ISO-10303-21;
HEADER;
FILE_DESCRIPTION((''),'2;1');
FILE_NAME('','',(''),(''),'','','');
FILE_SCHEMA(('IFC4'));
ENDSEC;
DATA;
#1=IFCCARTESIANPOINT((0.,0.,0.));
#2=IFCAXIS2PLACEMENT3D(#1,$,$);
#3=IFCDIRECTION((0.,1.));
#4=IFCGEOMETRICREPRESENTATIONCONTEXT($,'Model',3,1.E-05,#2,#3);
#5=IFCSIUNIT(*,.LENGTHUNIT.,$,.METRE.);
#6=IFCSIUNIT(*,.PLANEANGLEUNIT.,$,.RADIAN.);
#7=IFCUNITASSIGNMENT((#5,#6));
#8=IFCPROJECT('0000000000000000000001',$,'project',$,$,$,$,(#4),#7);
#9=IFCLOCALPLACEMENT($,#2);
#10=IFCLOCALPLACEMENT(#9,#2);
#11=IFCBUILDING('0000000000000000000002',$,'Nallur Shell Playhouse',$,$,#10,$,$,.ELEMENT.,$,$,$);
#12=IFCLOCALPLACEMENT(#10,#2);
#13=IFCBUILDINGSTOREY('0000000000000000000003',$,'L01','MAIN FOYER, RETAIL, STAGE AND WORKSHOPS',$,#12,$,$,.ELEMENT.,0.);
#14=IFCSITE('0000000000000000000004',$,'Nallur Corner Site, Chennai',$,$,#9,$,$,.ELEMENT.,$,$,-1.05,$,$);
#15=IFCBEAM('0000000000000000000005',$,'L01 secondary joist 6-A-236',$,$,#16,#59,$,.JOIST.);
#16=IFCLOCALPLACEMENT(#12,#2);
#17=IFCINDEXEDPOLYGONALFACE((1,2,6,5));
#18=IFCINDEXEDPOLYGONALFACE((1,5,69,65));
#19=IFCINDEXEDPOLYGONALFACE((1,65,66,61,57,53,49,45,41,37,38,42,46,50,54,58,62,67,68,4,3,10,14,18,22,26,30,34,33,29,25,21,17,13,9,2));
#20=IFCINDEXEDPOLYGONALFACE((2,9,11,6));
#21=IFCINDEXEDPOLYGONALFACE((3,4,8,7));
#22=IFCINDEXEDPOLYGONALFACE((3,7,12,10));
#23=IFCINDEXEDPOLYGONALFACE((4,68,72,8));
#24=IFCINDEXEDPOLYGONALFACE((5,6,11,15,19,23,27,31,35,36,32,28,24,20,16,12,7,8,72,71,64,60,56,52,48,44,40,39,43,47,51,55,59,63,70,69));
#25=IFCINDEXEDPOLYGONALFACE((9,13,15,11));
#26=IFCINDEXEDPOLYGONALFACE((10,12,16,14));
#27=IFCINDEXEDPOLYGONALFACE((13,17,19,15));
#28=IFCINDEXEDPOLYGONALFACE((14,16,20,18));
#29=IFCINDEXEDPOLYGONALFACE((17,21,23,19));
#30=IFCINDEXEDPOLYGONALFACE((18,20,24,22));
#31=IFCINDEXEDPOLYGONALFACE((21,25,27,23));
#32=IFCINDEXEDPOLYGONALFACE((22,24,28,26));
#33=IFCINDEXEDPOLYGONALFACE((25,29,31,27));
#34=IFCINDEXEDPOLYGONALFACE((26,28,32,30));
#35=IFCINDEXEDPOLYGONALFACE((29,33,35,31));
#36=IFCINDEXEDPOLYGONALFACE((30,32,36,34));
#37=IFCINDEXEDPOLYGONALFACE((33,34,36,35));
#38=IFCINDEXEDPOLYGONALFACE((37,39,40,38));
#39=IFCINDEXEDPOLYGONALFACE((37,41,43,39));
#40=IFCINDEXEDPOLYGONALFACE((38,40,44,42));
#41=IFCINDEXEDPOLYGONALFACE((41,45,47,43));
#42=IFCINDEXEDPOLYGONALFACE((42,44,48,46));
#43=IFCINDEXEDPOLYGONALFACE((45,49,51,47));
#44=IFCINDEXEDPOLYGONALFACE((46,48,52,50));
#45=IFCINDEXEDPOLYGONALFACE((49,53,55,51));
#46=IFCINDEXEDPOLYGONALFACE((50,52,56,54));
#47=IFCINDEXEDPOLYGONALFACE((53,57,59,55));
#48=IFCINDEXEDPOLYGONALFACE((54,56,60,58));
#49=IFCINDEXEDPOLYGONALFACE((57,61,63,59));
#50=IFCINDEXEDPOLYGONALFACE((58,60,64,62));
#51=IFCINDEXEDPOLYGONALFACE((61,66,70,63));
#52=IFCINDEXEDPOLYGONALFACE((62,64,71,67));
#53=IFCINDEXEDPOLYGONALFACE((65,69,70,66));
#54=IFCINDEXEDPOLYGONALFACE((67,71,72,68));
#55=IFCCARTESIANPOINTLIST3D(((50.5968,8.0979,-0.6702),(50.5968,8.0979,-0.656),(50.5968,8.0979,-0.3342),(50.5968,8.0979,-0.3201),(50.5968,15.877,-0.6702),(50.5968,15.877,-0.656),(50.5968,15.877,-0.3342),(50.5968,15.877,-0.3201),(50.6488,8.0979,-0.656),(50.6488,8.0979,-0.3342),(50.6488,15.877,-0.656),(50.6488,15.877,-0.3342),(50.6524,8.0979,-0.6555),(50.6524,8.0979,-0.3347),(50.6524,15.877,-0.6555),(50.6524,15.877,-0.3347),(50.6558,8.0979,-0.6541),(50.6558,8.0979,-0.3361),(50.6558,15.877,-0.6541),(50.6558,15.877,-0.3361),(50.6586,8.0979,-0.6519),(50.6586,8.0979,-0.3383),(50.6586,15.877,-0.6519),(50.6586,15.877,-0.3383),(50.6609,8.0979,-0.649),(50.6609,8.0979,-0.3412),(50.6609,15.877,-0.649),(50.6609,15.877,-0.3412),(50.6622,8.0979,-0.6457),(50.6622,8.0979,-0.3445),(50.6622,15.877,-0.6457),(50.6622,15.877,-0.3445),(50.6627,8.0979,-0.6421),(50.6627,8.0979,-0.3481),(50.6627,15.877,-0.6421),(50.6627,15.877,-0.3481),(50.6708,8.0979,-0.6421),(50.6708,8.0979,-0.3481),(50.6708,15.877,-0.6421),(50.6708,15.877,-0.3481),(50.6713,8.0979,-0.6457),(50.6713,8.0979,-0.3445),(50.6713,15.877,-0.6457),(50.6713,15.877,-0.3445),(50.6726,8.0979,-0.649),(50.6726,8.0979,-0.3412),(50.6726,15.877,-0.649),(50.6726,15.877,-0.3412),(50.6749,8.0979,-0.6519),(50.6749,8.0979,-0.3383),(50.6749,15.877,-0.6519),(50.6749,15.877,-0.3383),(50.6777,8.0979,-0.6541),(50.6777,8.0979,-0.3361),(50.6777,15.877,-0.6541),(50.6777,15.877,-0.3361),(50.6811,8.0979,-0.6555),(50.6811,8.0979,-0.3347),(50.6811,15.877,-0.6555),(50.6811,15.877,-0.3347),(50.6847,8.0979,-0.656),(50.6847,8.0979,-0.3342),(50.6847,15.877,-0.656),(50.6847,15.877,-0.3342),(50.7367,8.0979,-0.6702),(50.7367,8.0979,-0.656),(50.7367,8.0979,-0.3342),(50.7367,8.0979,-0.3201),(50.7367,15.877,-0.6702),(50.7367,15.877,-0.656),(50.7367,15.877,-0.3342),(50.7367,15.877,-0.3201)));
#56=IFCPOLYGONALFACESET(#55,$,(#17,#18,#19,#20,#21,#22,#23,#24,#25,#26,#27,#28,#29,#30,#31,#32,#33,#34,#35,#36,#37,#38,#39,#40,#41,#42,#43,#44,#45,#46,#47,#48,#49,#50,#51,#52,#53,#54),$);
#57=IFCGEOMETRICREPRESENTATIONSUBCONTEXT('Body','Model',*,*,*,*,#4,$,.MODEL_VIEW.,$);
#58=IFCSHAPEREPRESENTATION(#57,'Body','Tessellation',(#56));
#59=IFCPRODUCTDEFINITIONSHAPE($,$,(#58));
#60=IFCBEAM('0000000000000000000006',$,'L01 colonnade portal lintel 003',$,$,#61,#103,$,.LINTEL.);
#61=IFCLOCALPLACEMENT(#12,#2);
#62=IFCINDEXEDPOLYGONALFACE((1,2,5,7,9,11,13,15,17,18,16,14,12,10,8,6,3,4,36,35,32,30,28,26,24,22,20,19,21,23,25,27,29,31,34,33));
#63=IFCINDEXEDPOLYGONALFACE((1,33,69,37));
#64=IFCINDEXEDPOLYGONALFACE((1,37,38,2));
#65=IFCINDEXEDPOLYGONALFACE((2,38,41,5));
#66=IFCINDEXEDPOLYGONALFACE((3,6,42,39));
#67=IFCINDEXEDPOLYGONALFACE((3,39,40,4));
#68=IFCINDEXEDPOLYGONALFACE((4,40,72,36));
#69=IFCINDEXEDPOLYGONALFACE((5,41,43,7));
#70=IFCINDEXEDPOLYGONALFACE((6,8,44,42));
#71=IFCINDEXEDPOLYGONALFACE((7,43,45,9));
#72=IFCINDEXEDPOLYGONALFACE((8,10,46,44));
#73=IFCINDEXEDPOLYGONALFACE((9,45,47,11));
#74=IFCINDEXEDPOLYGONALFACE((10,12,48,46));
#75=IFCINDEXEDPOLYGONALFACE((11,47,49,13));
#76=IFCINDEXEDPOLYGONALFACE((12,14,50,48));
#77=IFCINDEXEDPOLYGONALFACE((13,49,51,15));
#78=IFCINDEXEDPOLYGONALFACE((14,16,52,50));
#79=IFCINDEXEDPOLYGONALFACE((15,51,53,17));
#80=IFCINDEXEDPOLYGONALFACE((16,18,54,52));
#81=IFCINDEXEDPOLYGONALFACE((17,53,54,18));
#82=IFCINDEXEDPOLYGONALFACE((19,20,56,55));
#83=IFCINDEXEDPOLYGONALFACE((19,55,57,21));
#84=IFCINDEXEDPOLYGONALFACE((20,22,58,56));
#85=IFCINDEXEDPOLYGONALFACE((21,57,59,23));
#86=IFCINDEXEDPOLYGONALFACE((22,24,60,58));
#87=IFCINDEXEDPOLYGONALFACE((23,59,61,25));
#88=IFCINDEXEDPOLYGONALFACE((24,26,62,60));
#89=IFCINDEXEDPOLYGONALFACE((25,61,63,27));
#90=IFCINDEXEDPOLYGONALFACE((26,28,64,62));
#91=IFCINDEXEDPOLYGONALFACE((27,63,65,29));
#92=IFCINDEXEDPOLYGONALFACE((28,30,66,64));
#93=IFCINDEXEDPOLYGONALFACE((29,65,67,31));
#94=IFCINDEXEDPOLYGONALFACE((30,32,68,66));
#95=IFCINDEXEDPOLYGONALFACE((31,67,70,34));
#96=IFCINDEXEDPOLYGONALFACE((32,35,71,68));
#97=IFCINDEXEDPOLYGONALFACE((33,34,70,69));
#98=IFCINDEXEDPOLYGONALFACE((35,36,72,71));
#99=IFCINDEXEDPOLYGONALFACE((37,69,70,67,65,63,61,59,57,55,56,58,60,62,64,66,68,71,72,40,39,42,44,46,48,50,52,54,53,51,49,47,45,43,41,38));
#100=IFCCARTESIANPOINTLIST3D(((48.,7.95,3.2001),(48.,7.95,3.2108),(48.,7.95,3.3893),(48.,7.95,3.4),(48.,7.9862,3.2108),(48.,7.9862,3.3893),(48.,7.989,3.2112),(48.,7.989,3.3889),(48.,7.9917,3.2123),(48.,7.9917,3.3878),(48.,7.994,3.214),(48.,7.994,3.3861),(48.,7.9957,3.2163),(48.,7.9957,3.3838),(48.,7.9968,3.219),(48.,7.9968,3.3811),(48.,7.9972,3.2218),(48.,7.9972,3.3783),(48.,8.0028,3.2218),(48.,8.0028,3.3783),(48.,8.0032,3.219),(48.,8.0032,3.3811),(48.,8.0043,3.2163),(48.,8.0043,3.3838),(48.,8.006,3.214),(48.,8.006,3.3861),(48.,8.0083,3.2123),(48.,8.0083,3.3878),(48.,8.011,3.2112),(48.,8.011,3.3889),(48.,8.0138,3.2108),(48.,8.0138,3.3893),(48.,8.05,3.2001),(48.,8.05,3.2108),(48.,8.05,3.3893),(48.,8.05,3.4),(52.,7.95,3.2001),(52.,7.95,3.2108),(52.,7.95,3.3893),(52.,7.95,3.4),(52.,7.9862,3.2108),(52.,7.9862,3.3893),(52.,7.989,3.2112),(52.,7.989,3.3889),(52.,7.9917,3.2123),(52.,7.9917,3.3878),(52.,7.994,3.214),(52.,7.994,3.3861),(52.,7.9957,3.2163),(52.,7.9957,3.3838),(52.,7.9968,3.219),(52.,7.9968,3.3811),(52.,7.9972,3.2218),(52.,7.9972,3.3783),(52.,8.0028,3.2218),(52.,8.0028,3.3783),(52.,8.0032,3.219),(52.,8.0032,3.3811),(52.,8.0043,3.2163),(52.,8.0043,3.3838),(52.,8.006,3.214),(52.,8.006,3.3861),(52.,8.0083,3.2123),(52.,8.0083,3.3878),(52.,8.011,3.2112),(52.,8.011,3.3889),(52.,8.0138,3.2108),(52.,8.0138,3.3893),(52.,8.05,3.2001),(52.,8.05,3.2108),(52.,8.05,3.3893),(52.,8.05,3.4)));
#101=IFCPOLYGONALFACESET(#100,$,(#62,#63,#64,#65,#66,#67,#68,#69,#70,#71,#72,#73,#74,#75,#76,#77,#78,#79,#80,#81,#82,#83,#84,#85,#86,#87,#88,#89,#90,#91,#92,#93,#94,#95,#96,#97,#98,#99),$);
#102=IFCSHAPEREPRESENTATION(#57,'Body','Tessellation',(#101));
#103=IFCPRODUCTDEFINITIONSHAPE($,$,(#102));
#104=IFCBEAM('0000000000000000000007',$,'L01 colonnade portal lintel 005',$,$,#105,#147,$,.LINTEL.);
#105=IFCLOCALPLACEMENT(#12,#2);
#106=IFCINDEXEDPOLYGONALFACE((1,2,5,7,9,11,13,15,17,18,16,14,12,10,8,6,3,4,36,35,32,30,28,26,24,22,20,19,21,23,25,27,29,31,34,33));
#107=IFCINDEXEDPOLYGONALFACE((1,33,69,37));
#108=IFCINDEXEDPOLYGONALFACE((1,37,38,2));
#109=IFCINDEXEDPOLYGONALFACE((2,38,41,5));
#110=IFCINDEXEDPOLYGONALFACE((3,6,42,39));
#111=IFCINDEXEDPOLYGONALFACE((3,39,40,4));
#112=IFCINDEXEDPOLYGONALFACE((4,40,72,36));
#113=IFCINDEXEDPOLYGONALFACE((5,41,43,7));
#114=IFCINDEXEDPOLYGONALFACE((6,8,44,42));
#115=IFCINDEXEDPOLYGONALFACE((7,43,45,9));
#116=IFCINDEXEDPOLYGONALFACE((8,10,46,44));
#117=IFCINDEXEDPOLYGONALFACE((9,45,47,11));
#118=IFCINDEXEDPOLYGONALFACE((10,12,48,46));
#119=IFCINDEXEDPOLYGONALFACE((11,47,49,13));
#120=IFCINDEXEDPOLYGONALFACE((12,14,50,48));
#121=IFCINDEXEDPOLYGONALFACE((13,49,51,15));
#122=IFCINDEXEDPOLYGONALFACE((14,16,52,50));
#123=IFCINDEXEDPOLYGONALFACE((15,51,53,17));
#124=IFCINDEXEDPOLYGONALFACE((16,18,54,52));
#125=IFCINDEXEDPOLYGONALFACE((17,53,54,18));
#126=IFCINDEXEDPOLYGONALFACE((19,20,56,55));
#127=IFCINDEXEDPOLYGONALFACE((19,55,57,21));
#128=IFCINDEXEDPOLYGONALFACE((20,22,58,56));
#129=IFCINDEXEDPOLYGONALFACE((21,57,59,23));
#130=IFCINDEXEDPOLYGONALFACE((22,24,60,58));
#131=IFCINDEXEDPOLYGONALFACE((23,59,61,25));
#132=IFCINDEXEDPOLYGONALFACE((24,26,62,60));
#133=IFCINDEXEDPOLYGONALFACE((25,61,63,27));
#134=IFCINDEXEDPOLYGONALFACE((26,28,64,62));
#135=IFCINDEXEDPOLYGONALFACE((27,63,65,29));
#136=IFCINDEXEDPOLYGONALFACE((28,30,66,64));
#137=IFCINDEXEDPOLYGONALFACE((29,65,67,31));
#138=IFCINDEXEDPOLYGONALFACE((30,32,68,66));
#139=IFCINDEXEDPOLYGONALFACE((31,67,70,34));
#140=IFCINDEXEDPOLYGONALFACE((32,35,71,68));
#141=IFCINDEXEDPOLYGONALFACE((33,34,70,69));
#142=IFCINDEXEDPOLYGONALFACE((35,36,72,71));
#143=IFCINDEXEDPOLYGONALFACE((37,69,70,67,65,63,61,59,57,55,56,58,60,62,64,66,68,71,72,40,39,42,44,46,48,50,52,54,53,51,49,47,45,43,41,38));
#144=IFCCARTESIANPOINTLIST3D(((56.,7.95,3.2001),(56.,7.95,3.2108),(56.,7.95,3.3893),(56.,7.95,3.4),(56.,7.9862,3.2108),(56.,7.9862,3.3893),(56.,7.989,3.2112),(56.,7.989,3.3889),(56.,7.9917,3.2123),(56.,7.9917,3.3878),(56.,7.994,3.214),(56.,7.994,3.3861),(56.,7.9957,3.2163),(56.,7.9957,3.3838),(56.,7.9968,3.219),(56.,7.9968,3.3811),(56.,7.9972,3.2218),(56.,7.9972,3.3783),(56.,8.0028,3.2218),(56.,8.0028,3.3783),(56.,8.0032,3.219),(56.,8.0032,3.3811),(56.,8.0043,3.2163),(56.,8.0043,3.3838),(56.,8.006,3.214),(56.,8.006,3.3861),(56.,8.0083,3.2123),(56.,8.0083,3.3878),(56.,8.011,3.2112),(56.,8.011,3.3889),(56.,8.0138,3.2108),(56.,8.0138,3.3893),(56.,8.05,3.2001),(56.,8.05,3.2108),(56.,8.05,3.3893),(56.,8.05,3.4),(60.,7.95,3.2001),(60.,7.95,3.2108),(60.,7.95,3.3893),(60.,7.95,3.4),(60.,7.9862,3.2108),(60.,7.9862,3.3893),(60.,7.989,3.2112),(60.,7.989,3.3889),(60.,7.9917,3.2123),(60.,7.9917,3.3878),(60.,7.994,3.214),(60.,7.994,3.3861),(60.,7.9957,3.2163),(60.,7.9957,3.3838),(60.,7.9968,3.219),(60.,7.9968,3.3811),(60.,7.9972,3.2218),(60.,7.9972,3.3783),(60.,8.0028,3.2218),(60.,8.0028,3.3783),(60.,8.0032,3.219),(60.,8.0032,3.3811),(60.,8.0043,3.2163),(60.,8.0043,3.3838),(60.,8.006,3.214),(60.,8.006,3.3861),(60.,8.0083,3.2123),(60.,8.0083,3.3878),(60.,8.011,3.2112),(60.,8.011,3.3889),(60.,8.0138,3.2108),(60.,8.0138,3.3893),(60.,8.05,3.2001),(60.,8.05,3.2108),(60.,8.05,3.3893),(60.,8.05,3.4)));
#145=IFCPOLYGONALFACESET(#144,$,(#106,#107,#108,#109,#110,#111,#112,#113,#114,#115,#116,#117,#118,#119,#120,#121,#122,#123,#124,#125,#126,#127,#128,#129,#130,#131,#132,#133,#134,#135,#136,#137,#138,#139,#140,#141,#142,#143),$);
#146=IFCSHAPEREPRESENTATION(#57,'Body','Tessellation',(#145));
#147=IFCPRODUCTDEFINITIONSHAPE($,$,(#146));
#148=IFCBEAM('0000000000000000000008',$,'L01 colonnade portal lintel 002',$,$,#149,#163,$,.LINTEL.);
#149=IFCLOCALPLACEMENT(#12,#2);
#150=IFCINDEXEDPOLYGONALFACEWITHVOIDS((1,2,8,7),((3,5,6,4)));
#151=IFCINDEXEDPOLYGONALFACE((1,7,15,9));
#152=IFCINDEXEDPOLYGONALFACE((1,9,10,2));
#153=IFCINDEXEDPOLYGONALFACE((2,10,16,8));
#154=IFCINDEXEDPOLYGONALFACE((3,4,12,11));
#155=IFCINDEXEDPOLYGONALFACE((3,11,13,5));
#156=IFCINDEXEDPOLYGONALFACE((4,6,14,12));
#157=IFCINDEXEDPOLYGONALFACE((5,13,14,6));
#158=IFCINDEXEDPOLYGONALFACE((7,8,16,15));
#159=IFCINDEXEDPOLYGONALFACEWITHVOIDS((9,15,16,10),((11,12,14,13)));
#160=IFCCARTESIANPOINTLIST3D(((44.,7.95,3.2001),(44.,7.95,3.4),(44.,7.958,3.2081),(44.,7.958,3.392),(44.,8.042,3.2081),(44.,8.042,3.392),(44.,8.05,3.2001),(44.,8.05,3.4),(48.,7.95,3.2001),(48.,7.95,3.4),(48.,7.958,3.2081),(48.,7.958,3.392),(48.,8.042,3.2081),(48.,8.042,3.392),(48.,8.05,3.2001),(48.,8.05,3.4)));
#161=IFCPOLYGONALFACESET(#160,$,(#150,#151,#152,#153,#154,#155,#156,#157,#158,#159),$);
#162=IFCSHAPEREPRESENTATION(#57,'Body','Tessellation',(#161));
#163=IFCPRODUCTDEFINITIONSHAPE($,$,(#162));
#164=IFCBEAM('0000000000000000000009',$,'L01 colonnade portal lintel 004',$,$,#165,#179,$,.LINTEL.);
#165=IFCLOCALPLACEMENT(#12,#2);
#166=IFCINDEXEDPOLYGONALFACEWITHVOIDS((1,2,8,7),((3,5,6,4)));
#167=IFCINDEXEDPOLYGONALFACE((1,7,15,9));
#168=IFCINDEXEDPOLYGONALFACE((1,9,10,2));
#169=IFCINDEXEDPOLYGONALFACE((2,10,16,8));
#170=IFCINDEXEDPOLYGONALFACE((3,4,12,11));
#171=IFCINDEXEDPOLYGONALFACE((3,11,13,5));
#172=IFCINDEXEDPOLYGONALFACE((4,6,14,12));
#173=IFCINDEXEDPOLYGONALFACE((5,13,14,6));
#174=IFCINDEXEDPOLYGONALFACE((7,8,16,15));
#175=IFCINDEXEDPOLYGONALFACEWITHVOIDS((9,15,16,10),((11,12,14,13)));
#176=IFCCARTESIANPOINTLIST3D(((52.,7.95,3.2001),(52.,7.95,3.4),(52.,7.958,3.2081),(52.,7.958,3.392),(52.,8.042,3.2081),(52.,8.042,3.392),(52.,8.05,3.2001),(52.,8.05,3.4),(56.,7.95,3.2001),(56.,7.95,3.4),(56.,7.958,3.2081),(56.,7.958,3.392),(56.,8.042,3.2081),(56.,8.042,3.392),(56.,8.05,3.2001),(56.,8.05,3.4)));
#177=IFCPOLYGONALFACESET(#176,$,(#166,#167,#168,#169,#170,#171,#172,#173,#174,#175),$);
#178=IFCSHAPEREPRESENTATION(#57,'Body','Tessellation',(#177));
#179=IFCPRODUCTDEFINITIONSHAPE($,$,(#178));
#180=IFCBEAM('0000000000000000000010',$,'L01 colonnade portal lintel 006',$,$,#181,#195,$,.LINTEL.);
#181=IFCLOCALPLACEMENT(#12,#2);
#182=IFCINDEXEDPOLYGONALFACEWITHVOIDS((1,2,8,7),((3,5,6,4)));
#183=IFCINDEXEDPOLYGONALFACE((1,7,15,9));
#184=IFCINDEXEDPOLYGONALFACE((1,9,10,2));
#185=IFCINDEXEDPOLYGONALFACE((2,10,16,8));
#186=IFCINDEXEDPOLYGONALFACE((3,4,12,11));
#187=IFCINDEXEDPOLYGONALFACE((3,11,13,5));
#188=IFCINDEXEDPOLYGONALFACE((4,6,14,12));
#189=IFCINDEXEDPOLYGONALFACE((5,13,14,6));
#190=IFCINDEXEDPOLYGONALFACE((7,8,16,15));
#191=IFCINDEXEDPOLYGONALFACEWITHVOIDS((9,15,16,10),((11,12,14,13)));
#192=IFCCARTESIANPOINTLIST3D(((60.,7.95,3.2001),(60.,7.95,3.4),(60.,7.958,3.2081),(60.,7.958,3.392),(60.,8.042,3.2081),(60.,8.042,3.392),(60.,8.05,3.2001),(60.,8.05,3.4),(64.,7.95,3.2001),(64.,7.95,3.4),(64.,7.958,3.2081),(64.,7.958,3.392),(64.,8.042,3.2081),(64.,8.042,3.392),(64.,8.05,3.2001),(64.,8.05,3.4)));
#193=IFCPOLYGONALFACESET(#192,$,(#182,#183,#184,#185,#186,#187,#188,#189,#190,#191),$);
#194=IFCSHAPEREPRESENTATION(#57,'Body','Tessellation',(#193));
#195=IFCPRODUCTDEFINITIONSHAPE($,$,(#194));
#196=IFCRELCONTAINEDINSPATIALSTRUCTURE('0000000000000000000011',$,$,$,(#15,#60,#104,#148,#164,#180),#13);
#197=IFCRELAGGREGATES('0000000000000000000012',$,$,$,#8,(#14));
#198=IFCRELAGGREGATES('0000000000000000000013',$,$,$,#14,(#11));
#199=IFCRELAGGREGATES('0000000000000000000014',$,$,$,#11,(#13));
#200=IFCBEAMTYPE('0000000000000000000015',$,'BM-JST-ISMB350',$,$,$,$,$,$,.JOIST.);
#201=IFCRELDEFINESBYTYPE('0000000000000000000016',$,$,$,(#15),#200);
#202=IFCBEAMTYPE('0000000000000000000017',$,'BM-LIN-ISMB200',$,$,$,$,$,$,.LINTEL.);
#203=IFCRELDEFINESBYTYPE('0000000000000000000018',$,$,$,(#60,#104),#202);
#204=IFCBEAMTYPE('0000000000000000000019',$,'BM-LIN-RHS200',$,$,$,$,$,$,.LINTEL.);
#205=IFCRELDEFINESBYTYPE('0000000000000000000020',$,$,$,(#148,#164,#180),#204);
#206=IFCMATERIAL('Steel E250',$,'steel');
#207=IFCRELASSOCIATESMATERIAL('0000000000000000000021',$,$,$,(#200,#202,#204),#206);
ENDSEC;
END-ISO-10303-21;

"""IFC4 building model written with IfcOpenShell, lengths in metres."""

from ifc_helpers import new_model, si_unit, direction, frame, origin, origin_2d, place, context, subcontext, project, spatial, hollow_rectangle, i_section, extrude, material, material_profile, profile_set, type_object, element, save


model = new_model("IFC4")

# Units and contexts
model_context = context("Model", 3, precision=1e-05, world=origin(), true_north=direction((0.0, 1.0)))
body_context = subcontext(model_context, "Body", "Model", "MODEL_VIEW")
ifc_project = project(units=[si_unit("LENGTHUNIT", "METRE"), si_unit("PLANEANGLEUNIT", "RADIAN")], contexts=[model_context])

# Site, building, storey
site_placement = place(None, origin())
site = spatial("IfcSite", under=ifc_project, at=site_placement, Name="Nallur Corner Site, Chennai", CompositionType="ELEMENT", RefElevation=-1.05)
building_placement = place(site_placement, origin())
building = spatial("IfcBuilding", under=site, at=building_placement, Name="Nallur Shell Playhouse", CompositionType="ELEMENT")
storey_placement = place(building_placement, origin())
storey = spatial("IfcBuildingStorey", under=building, at=storey_placement, Name="L01", Description="MAIN FOYER, RETAIL, STAGE AND WORKSHOPS", CompositionType="ELEMENT", Elevation=0.0)

# Beams
ifc_material_1 = material(Name="Steel E250", Category="steel")
ifc_material_profile_1 = material_profile(ifc_material_1, i_section(OverallWidth=0.1399, OverallDepth=0.3501, WebThickness=0.0081, FlangeThickness=0.0142, FilletRadius=0.0139, at=origin_2d()), Name="ISMB 350")
ifc_profile_set_1 = profile_set([ifc_material_profile_1], Name="Steel E250")
beam_type_1 = type_object("IfcBeamType", Name="BM-JST-ISMB350", PredefinedType="JOIST", material=ifc_profile_set_1)
beam_1_placement = place(storey_placement, frame((50.6667, 8.0979, -0.4951), z_axis=(0.0, 1.0, 0.0), x_axis=(-1.0, 0.0, 0.0)))
element("IfcBeam", 1, at=beam_1_placement, inside=storey, type_object=beam_type_1, Name="L01 secondary joist 6-A-236", PredefinedType="JOIST", context=body_context, shape_type="SweptSolid", body=[
    extrude(i_section(OverallWidth=0.1399, OverallDepth=0.3501, WebThickness=0.0081, FlangeThickness=0.0142, FilletRadius=0.0139, at=origin_2d()), origin(), (0.0, 0.0, 1.0), 7.7791),
])
ifc_material_profile_2 = material_profile(ifc_material_1, i_section(OverallWidth=0.1001, OverallDepth=0.2, WebThickness=0.0056, FlangeThickness=0.0107, FilletRadius=0.011, at=origin_2d()), Name="ISMB 200")
ifc_profile_set_2 = profile_set([ifc_material_profile_2], Name="Steel E250")
beam_type_2 = type_object("IfcBeamType", Name="BM-LIN-ISMB200", PredefinedType="LINTEL", material=ifc_profile_set_2)
for number, where, z_axis, x_axis, name in (
    (2, (48.0, 8.0, 3.3), (1.0, 0.0, 0.0), (0.0, 1.0, 0.0), "L01 colonnade portal lintel 003"),
    (3, (56.0, 8.0, 3.3), (1.0, 0.0, 0.0), (0.0, 1.0, 0.0), "L01 colonnade portal lintel 005"),
):
    element("IfcBeam", number, at=place(storey_placement, frame(where, z_axis=z_axis, x_axis=x_axis)), inside=storey, type_object=beam_type_2, Name=name, PredefinedType="LINTEL", context=body_context, shape_type="SweptSolid", body=[
        extrude(i_section(OverallWidth=0.1001, OverallDepth=0.2, WebThickness=0.0056, FlangeThickness=0.0107, FilletRadius=0.011, at=origin_2d()), origin(), (0.0, 0.0, 1.0), 4.0),
    ])
ifc_material_profile_3 = material_profile(ifc_material_1, hollow_rectangle(XDim=0.1001, YDim=0.2, WallThickness=0.0081, at=origin_2d()), Name="RHS 200x100x8")
ifc_profile_set_3 = profile_set([ifc_material_profile_3], Name="Steel E250")
beam_type_3 = type_object("IfcBeamType", Name="BM-LIN-RHS200", PredefinedType="LINTEL", material=ifc_profile_set_3)
for number, where, z_axis, x_axis, name in (
    (4, (44.0, 8.0, 3.3), (1.0, 0.0, 0.0), (0.0, 1.0, 0.0), "L01 colonnade portal lintel 002"),
    (5, (52.0, 8.0, 3.3), (1.0, 0.0, 0.0), (0.0, 1.0, 0.0), "L01 colonnade portal lintel 004"),
    (6, (60.0, 8.0, 3.3), (1.0, 0.0, 0.0), (0.0, 1.0, 0.0), "L01 colonnade portal lintel 006"),
):
    element("IfcBeam", number, at=place(storey_placement, frame(where, z_axis=z_axis, x_axis=x_axis)), inside=storey, type_object=beam_type_3, Name=name, PredefinedType="LINTEL", context=body_context, shape_type="SweptSolid", body=[
        extrude(hollow_rectangle(XDim=0.1001, YDim=0.2, WallThickness=0.0081, at=origin_2d()), origin(), (0.0, 0.0, 1.0), 4.0),
    ])

save(model, "model.ifc")
